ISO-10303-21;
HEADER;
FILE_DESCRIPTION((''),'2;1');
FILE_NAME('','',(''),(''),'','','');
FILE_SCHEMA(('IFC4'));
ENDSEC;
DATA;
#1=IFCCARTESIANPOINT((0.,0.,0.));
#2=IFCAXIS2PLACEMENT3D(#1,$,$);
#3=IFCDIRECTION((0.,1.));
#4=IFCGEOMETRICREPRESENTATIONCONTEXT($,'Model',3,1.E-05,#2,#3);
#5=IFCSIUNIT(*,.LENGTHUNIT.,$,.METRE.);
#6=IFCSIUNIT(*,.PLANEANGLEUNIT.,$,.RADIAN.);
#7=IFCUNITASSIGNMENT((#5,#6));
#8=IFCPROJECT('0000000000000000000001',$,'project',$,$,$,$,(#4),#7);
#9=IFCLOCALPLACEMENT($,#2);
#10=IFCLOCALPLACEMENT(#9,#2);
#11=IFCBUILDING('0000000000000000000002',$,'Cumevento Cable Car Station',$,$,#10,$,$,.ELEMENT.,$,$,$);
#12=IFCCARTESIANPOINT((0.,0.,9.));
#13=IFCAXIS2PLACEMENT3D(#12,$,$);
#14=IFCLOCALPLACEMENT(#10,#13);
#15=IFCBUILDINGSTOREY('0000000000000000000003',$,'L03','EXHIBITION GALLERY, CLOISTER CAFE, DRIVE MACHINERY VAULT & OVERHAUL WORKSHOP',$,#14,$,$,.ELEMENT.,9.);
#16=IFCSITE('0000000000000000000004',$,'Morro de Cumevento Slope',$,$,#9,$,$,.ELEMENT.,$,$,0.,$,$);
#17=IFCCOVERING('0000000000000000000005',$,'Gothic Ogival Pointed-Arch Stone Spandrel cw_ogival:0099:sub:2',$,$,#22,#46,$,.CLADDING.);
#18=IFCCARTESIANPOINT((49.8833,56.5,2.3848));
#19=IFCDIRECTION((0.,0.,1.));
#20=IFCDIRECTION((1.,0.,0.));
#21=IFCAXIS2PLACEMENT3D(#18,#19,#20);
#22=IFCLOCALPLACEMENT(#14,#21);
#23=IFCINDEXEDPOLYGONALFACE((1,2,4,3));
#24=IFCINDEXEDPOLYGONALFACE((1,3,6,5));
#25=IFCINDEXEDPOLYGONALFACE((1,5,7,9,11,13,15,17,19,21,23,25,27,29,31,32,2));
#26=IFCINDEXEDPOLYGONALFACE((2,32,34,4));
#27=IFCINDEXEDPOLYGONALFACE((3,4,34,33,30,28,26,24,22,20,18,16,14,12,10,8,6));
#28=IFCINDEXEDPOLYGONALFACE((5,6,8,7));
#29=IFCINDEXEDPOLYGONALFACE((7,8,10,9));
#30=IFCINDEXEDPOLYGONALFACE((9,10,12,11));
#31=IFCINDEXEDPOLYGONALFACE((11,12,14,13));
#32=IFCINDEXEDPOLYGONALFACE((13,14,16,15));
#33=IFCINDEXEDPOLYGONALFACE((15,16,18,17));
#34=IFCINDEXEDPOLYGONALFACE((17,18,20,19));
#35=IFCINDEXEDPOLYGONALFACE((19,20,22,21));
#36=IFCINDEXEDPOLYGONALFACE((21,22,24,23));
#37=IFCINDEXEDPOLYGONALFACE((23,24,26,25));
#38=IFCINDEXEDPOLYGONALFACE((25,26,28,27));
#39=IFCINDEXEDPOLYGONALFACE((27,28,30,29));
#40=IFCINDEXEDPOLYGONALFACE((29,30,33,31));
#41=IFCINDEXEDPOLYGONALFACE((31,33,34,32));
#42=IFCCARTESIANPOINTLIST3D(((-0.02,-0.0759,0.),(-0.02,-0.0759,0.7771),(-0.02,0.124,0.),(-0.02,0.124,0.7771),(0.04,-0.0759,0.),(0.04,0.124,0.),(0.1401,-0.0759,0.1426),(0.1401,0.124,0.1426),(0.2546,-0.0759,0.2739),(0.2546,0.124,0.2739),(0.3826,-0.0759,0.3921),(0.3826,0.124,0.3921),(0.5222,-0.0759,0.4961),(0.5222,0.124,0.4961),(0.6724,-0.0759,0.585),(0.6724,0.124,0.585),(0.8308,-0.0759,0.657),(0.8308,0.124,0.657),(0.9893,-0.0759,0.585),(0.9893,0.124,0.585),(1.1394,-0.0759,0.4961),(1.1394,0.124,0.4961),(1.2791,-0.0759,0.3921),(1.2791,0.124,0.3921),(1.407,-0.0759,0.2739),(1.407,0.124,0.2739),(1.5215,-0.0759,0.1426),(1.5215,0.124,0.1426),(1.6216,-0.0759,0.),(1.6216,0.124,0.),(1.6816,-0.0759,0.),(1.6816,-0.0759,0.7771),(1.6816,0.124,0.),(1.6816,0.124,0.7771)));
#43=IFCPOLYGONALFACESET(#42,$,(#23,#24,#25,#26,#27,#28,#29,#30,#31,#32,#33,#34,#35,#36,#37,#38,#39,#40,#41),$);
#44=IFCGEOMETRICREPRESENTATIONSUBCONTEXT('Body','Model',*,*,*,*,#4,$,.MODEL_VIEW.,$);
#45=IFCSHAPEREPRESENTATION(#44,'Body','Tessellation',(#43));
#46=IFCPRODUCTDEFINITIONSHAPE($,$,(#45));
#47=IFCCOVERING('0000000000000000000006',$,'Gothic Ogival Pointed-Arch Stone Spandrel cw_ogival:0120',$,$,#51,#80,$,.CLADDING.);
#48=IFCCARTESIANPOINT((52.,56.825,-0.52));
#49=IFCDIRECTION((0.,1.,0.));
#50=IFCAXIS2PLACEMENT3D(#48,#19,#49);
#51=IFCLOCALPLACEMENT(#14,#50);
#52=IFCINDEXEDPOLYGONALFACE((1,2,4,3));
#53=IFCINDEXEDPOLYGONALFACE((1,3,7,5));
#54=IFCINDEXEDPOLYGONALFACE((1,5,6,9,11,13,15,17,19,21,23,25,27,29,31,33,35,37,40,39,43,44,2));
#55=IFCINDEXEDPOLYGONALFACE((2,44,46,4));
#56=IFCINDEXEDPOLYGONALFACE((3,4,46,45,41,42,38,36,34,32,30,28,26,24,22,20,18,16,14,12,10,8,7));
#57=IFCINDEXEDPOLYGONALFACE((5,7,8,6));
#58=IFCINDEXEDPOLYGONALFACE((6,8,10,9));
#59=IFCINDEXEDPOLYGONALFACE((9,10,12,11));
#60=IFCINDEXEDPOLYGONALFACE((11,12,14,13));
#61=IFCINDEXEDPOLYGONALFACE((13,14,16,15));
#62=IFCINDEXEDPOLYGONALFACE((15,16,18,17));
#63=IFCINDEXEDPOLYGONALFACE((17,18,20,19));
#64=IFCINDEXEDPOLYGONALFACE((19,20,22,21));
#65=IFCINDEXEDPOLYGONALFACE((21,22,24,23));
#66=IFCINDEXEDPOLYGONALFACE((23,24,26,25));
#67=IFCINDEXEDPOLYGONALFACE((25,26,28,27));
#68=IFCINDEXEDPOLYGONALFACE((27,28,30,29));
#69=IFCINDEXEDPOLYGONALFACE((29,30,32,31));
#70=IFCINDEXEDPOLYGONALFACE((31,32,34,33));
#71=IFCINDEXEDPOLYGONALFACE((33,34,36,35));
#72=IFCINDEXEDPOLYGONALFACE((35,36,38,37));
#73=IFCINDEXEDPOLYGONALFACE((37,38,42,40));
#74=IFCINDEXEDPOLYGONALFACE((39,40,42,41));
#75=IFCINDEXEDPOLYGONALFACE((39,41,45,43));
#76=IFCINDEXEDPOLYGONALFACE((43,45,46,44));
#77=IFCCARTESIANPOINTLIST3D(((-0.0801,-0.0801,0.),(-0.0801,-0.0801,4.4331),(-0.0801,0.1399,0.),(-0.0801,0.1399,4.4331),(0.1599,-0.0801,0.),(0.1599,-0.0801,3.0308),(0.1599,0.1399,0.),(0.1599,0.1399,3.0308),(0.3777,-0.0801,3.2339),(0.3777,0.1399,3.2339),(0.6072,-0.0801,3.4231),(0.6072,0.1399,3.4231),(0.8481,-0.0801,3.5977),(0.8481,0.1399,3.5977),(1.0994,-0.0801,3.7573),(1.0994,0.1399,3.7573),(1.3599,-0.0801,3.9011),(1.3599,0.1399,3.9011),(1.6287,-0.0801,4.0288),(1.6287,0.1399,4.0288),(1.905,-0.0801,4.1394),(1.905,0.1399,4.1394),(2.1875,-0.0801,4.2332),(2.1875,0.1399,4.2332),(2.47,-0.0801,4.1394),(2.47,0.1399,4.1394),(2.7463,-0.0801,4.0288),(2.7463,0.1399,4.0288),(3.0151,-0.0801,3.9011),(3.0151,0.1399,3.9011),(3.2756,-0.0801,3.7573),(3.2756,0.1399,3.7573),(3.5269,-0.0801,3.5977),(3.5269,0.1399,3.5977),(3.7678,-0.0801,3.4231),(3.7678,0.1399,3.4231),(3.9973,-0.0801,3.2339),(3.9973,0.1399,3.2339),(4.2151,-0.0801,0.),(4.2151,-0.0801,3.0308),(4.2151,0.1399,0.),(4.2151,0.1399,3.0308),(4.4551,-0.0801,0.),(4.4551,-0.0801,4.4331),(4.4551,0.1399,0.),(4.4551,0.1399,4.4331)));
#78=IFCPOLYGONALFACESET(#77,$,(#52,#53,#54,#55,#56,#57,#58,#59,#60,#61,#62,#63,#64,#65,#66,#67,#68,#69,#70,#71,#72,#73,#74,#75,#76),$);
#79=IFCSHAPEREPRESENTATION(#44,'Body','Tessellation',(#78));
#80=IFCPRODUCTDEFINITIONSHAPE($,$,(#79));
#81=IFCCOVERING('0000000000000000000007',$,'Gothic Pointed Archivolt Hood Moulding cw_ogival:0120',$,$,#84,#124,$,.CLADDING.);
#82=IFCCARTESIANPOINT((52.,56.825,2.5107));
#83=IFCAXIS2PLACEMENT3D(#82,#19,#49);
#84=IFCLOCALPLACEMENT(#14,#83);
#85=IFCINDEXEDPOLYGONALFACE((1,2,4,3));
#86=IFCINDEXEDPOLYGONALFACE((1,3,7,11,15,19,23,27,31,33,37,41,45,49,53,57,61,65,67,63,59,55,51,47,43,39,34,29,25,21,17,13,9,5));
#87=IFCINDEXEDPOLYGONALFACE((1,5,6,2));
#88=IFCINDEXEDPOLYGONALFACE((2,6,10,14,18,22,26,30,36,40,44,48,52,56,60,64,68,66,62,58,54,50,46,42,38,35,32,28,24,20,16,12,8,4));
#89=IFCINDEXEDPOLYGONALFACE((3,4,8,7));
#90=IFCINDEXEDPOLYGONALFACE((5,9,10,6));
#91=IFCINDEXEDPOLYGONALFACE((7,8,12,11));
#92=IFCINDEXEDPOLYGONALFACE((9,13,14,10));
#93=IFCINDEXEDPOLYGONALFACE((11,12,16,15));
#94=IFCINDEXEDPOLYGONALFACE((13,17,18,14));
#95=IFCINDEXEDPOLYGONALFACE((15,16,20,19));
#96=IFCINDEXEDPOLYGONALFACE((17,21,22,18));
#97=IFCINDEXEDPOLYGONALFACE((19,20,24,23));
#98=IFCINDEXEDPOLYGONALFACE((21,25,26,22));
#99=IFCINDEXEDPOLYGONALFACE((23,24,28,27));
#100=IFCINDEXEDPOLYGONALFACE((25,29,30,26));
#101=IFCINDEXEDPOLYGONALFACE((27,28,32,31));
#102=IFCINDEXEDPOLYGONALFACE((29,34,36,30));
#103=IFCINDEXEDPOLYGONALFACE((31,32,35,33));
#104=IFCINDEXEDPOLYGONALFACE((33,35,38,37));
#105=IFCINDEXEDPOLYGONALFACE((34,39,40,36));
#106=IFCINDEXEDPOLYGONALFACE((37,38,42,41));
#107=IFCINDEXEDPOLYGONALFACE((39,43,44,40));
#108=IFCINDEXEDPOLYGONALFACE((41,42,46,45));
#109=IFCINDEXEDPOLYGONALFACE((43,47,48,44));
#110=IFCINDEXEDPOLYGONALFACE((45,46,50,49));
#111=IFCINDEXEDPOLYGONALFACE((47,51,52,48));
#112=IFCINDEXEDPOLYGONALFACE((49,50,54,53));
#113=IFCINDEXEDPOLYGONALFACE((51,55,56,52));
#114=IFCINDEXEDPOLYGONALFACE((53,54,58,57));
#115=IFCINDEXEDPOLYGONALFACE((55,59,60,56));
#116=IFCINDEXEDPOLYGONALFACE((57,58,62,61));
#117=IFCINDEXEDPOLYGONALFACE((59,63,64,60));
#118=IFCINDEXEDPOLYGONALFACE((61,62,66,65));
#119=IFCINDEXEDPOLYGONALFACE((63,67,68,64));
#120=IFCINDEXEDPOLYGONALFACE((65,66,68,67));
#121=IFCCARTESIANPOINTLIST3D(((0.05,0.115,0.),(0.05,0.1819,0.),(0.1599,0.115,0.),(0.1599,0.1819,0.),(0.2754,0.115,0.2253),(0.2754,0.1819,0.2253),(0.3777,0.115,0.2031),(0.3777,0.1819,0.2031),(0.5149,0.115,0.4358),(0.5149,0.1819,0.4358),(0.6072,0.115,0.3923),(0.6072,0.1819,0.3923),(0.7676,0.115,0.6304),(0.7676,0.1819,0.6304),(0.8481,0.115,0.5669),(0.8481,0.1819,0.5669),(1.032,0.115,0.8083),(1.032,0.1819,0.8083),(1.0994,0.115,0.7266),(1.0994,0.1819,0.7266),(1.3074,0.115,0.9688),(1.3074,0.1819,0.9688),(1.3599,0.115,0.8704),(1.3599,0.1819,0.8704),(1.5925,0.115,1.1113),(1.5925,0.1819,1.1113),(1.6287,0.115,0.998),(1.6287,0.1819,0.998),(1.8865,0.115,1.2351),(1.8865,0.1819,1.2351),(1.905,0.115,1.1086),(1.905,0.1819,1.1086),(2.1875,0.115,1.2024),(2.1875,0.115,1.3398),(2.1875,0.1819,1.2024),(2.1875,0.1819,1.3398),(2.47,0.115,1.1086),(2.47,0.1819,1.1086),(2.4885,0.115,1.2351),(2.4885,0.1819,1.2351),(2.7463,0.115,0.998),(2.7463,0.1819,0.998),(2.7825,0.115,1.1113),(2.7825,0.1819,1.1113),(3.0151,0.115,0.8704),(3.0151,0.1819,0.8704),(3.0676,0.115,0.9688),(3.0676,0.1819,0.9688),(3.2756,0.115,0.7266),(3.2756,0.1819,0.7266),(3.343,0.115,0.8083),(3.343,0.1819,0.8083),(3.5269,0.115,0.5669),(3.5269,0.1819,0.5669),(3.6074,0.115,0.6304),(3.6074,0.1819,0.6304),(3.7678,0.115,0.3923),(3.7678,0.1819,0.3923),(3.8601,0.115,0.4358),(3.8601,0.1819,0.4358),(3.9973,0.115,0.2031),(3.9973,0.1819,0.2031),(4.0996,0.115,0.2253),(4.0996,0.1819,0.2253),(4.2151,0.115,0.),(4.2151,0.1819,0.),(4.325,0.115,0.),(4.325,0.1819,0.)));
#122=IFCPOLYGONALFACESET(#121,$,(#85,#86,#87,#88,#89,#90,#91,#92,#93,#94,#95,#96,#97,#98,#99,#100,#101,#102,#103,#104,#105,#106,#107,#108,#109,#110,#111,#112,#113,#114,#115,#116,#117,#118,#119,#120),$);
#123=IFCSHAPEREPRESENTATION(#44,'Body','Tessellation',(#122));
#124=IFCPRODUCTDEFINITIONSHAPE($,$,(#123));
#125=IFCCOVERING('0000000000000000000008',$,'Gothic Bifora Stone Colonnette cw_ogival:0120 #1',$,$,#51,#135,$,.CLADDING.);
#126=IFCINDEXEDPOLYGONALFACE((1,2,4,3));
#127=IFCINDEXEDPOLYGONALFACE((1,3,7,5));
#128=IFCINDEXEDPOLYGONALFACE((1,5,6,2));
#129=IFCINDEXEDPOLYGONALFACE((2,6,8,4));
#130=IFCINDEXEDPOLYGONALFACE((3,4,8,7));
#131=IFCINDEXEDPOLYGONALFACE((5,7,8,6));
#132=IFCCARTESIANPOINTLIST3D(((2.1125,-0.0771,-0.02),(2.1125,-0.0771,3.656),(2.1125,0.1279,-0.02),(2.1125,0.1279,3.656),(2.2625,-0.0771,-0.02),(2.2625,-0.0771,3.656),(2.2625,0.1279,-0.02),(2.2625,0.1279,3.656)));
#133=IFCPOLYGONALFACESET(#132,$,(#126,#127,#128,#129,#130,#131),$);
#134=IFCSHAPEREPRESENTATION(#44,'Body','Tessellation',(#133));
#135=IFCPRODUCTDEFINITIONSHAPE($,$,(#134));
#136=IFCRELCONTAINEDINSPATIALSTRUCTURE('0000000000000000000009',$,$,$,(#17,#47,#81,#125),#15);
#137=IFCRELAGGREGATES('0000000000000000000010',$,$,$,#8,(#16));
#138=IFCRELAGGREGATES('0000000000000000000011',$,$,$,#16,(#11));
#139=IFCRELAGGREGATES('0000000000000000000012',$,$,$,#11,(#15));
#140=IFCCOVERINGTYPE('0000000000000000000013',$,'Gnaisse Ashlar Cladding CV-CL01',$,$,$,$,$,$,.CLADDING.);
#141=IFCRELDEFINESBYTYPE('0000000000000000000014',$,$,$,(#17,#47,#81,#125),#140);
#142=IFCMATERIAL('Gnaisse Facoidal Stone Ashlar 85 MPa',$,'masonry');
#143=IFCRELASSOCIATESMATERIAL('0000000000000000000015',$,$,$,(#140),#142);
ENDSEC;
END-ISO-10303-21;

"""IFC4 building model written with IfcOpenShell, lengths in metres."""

from ifc_helpers import new_model, si_unit, direction, frame, origin, place, context, subcontext, project, spatial, polyline, outline, extrude, material, type_object, element, save


model = new_model("IFC4")

# Units and contexts
model_context = context("Model", 3, precision=1e-05, world=origin(), true_north=direction((0.0, 1.0)))
body_context = subcontext(model_context, "Body", "Model", "MODEL_VIEW")
ifc_project = project(units=[si_unit("LENGTHUNIT", "METRE"), si_unit("PLANEANGLEUNIT", "RADIAN")], contexts=[model_context])

# Site, building, storey
site_placement = place(None, origin())
site = spatial("IfcSite", under=ifc_project, at=site_placement, Name="Morro de Cumevento Slope", CompositionType="ELEMENT", RefElevation=0.0)
building_placement = place(site_placement, origin())
building = spatial("IfcBuilding", under=site, at=building_placement, Name="Cumevento Cable Car Station", CompositionType="ELEMENT")
storey_placement = place(building_placement, frame((0.0, 0.0, 9.0)))
storey = spatial("IfcBuildingStorey", under=building, at=storey_placement, Name="L03", Description="EXHIBITION GALLERY, CLOISTER CAFE, DRIVE MACHINERY VAULT & OVERHAUL WORKSHOP", CompositionType="ELEMENT", Elevation=9.0)

# Coverings
ifc_material_1 = material(Name="Gnaisse Facoidal Stone Ashlar 85 MPa", Category="masonry")
covering_type = type_object("IfcCoveringType", Name="Gnaisse Ashlar Cladding CV-CL01", PredefinedType="CLADDING", material=ifc_material_1)
covering_1_placement = place(storey_placement, frame((49.8833, 56.5, 2.3848), z_axis=(0.0, 0.0, 1.0), x_axis=(1.0, 0.0, 0.0)))
element("IfcCovering", 1, at=covering_1_placement, inside=storey, type_object=covering_type, Name="Gothic Ogival Pointed-Arch Stone Spandrel cw_ogival:0099:sub:2", PredefinedType="CLADDING", context=body_context, shape_type="SweptSolid", body=[
    extrude(outline(polyline([(-0.02, 0.0), (-0.02, 0.7771), (1.6816, 0.7771), (1.6816, 0.0), (1.6216, 0.0), (1.5215, 0.1426), (1.407, 0.2739), (1.2791, 0.3921), (1.1394, 0.4961), (0.9893, 0.585), (0.8308, 0.657), (0.6724, 0.585), (0.5222, 0.4961), (0.3826, 0.3921), (0.2546, 0.2739), (0.1401, 0.1426), (0.04, 0.0), (-0.02, 0.0)])), frame((0.0, 0.124, 0.0), z_axis=(0.0, -1.0, 0.0), x_axis=(1.0, 0.0, 0.0)), (0.0, 0.0, 1.0), 0.2),
])
placement = place(storey_placement, frame((52.0, 56.825, -0.52), z_axis=(0.0, 0.0, 1.0), x_axis=(0.0, 1.0, 0.0)))
element("IfcCovering", 2, at=placement, inside=storey, type_object=covering_type, Name="Gothic Ogival Pointed-Arch Stone Spandrel cw_ogival:0120", PredefinedType="CLADDING", context=body_context, shape_type="SweptSolid", body=[
    extrude(outline(polyline([(-0.0801, 0.0), (-0.0801, 4.4331), (4.4551, 4.4331), (4.4551, 0.0), (4.2151, 0.0), (4.2151, 3.0308), (3.9973, 3.2339), (3.7678, 3.4231), (3.5269, 3.5977), (3.2756, 3.7573), (3.0151, 3.9011), (2.7463, 4.0288), (2.47, 4.1394), (2.1875, 4.2332), (1.905, 4.1394), (1.6287, 4.0288), (1.3599, 3.9011), (1.0994, 3.7573), (0.8481, 3.5977), (0.6072, 3.4231), (0.3777, 3.2339), (0.1599, 3.0308), (0.1599, 0.0), (-0.0801, 0.0)])), frame((0.0, 0.1399, 0.0), z_axis=(0.0, -1.0, 0.0), x_axis=(1.0, 0.0, 0.0)), (0.0, 0.0, 1.0), 0.22),
])
covering_2_placement = place(storey_placement, frame((52.0, 56.825, 2.5107), z_axis=(0.0, 0.0, 1.0), x_axis=(0.0, 1.0, 0.0)))
element("IfcCovering", 3, at=covering_2_placement, inside=storey, type_object=covering_type, Name="Gothic Pointed Archivolt Hood Moulding cw_ogival:0120", PredefinedType="CLADDING", context=body_context, shape_type="SweptSolid", body=[
    extrude(outline(polyline([(0.1599, 0.0), (0.3777, 0.2031), (0.6072, 0.3923), (0.8481, 0.5669), (1.0994, 0.7266), (1.3599, 0.8704), (1.6287, 0.998), (1.905, 1.1086), (2.1875, 1.2024), (2.47, 1.1086), (2.7463, 0.998), (3.0151, 0.8704), (3.2756, 0.7266), (3.5269, 0.5669), (3.7678, 0.3923), (3.9973, 0.2031), (4.2151, 0.0), (4.325, 0.0), (4.0996, 0.2253), (3.8601, 0.4358), (3.6074, 0.6304), (3.343, 0.8083), (3.0676, 0.9688), (2.7825, 1.1113), (2.4885, 1.2351), (2.1875, 1.3398), (1.8865, 1.2351), (1.5925, 1.1113), (1.3074, 0.9688), (1.032, 0.8083), (0.7676, 0.6304), (0.5149, 0.4358), (0.2754, 0.2253), (0.05, 0.0), (0.1599, 0.0)])), frame((0.0, 0.1819, 0.0), z_axis=(0.0, -1.0, 0.0), x_axis=(1.0, 0.0, 0.0)), (0.0, 0.0, 1.0), 0.0669),
])
element("IfcCovering", 4, at=placement, inside=storey, type_object=covering_type, Name="Gothic Bifora Stone Colonnette cw_ogival:0120 #1", PredefinedType="CLADDING", context=body_context, shape_type="SweptSolid", body=[
    extrude(outline(polyline([(2.1125, -0.02), (2.2625, -0.02), (2.2625, 3.656), (2.1125, 3.656), (2.1125, -0.02)])), frame((0.0, 0.1279, 0.0), z_axis=(0.0, -1.0, 0.0), x_axis=(1.0, 0.0, 0.0)), (0.0, 0.0, 1.0), 0.2051),
])

save(model, "model.ifc")
